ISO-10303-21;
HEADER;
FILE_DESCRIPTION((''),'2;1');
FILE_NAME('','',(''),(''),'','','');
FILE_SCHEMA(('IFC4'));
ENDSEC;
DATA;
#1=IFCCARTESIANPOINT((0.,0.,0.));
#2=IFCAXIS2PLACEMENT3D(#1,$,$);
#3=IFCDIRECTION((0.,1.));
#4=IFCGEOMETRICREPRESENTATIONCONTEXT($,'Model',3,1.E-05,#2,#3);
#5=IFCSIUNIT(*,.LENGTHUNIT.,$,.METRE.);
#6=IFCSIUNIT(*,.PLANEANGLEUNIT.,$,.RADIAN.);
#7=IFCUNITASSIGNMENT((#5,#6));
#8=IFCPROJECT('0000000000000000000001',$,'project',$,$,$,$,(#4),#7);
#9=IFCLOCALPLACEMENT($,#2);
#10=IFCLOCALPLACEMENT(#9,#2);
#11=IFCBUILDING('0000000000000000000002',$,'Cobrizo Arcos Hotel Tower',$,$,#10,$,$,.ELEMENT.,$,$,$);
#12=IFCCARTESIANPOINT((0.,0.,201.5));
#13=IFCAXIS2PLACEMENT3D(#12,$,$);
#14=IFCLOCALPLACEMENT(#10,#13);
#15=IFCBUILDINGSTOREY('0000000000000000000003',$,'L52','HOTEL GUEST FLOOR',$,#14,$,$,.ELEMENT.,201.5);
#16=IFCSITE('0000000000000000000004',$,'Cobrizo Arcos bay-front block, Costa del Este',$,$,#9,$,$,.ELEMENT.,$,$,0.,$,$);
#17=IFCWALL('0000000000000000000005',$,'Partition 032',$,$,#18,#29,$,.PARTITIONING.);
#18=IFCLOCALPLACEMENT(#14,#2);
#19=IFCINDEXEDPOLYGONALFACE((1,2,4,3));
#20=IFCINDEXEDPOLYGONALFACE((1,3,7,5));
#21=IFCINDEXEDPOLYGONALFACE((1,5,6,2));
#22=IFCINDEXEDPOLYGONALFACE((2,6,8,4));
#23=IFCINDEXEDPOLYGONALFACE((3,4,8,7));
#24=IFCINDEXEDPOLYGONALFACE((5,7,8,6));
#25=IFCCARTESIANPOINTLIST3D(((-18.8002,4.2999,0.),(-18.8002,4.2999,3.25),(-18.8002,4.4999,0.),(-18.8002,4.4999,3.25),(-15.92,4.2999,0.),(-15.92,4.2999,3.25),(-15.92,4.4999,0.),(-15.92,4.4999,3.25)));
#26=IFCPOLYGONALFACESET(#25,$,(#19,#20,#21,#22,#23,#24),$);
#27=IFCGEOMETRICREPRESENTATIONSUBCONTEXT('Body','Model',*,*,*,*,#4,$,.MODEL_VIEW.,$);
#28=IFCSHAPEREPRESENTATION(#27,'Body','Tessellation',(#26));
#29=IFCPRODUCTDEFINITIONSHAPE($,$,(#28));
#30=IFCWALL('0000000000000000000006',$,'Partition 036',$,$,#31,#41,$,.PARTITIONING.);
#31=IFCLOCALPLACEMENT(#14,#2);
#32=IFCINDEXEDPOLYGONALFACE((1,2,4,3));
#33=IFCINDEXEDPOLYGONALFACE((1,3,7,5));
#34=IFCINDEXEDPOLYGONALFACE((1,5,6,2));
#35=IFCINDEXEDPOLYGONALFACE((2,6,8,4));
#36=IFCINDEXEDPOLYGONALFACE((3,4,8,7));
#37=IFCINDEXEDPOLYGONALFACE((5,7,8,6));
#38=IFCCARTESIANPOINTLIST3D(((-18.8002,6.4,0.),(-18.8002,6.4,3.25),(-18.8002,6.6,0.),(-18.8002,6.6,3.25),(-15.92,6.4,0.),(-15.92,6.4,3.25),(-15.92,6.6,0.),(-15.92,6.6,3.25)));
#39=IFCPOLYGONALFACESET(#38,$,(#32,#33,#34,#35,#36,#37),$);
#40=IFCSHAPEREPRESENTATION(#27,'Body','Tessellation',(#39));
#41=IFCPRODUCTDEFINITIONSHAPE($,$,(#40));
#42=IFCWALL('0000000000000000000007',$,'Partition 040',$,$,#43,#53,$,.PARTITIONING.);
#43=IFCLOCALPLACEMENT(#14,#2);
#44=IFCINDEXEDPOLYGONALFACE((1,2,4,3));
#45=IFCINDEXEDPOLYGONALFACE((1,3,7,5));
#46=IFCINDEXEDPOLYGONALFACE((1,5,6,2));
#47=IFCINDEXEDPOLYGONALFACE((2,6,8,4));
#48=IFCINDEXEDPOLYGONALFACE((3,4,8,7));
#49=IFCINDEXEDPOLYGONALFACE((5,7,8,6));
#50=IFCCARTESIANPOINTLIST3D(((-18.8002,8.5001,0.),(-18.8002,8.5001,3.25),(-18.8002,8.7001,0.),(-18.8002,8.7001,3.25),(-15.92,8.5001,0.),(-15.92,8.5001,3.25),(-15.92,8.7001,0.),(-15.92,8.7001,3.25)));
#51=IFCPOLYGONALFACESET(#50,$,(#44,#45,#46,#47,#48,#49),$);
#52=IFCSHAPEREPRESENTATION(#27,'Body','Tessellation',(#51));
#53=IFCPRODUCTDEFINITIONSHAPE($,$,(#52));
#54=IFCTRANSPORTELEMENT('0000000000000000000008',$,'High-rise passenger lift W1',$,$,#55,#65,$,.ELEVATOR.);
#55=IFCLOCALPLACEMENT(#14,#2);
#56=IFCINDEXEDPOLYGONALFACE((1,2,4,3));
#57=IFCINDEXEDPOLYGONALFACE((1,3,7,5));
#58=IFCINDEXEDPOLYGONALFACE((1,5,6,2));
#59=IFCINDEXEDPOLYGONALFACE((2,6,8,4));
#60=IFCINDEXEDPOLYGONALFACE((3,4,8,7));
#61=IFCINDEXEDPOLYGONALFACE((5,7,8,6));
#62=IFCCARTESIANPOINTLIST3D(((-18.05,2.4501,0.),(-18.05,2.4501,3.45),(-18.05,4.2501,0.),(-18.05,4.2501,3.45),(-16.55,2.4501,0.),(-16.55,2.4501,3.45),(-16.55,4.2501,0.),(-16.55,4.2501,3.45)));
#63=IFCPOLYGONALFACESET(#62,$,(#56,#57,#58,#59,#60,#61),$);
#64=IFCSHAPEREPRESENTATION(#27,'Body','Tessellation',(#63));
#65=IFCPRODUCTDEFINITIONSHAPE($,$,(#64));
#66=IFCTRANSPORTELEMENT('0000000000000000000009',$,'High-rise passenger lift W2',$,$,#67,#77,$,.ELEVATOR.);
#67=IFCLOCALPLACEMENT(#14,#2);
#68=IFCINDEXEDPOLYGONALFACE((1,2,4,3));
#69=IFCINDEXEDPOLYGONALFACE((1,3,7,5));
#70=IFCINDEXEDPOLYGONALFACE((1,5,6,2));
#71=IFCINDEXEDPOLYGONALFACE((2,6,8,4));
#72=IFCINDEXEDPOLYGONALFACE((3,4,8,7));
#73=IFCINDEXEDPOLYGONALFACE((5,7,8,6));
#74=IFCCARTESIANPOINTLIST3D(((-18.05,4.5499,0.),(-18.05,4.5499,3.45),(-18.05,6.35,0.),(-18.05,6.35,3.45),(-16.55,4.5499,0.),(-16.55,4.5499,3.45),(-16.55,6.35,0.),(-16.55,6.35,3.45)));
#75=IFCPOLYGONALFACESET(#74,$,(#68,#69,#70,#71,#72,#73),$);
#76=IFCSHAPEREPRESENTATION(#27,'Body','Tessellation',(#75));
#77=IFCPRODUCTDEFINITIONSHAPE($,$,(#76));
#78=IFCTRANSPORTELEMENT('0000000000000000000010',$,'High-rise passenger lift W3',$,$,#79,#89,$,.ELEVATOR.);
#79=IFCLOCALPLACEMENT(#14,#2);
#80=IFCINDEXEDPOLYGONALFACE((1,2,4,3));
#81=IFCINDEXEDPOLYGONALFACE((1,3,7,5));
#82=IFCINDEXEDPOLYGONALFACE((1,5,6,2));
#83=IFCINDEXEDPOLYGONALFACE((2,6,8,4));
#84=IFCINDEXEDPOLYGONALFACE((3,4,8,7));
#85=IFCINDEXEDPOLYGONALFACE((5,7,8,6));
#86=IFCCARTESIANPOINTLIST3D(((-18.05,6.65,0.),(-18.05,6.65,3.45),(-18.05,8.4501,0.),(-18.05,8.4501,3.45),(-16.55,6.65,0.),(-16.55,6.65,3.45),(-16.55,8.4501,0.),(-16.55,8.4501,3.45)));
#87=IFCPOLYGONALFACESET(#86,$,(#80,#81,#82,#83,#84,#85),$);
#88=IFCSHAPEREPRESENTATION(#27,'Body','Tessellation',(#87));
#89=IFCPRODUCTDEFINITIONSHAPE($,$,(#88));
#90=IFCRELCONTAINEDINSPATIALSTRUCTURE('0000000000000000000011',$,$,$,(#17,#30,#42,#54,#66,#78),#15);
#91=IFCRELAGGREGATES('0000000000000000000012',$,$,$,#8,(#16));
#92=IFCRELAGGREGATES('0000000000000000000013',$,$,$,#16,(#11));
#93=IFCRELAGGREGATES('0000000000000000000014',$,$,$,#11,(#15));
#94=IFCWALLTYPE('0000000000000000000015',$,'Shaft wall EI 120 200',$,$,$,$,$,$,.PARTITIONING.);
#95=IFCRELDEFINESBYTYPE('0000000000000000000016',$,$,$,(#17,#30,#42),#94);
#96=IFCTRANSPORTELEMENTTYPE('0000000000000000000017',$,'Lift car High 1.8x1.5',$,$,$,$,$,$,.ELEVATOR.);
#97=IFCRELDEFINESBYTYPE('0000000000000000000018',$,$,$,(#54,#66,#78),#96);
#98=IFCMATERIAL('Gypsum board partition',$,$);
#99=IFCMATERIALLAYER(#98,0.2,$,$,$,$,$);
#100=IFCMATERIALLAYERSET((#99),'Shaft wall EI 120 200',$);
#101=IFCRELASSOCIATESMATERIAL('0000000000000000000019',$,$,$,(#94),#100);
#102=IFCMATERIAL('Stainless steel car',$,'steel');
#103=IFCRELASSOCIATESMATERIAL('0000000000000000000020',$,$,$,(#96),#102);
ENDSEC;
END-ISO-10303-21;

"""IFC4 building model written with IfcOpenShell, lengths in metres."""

from ifc_helpers import new_model, si_unit, direction, frame, frame_2d, origin, origin_2d, place, context, subcontext, project, spatial, rectangle, extrude, material, layer, layer_set, type_object, element, save


model = new_model("IFC4")

# Units and contexts
model_context = context("Model", 3, precision=1e-05, world=origin(), true_north=direction((0.0, 1.0)))
body_context = subcontext(model_context, "Body", "Model", "MODEL_VIEW")
ifc_project = project(units=[si_unit("LENGTHUNIT", "METRE"), si_unit("PLANEANGLEUNIT", "RADIAN")], contexts=[model_context])

# Site, building, storey
site_placement = place(None, origin())
site = spatial("IfcSite", under=ifc_project, at=site_placement, Name="Cobrizo Arcos bay-front block, Costa del Este", CompositionType="ELEMENT", RefElevation=0.0)
building_placement = place(site_placement, origin())
building = spatial("IfcBuilding", under=site, at=building_placement, Name="Cobrizo Arcos Hotel Tower", CompositionType="ELEMENT")
storey_placement = place(building_placement, frame((0.0, 0.0, 201.5)))
storey = spatial("IfcBuildingStorey", under=building, at=storey_placement, Name="L52", Description="HOTEL GUEST FLOOR", CompositionType="ELEMENT", Elevation=201.5)

# Shared definitions
ifc_material_1 = material(Name="Gypsum board partition")

# Shared definitions
ifc_layer_1 = layer(ifc_material_1, 0.2)
ifc_layer_set_1 = layer_set([ifc_layer_1], Name="Shaft wall EI 120 200")
wall_type_1 = type_object("IfcWallType", Name="Shaft wall EI 120 200", PredefinedType="PARTITIONING", material=ifc_layer_set_1)

# Walls
for number, where, z_axis, x_axis, name in (
    (1, (-18.8, 4.3999, 0.0), (0.0, 0.0, 1.0), (1.0, 0.0, 0.0), "Partition 032"),
    (2, (-18.8, 6.5, 0.0), (0.0, 0.0, 1.0), (1.0, 0.0, 0.0), "Partition 036"),
    (3, (-18.8, 8.6001, 0.0), (0.0, 0.0, 1.0), (1.0, 0.0, 0.0), "Partition 040"),
):
    element("IfcWall", number, at=place(storey_placement, frame(where, z_axis=z_axis, x_axis=x_axis)), inside=storey, type_object=wall_type_1, Name=name, PredefinedType="PARTITIONING", context=body_context, shape_type="SweptSolid", body=[
        extrude(rectangle(XDim=2.8801, YDim=0.2, at=frame_2d((1.4399, 0.0))), origin(), (0.0, 0.0, 1.0), 3.25),
    ])

# Transport elements
ifc_material_2 = material(Name="Stainless steel car", Category="steel")
transport_element_type = type_object("IfcTransportElementType", Name="Lift car High 1.8x1.5", PredefinedType="ELEVATOR", material=ifc_material_2)
for number, where, z_axis, x_axis, name in (
    (4, (-17.3, 3.3501, 0.0), (0.0, 0.0, 1.0), (1.0, 0.0, 0.0), "High-rise passenger lift W1"),
    (5, (-17.3, 5.45, 0.0), (0.0, 0.0, 1.0), (1.0, 0.0, 0.0), "High-rise passenger lift W2"),
    (6, (-17.3, 7.55, 0.0), (0.0, 0.0, 1.0), (1.0, 0.0, 0.0), "High-rise passenger lift W3"),
):
    element("IfcTransportElement", number, at=place(storey_placement, frame(where, z_axis=z_axis, x_axis=x_axis)), inside=storey, type_object=transport_element_type, Name=name, PredefinedType="ELEVATOR", context=body_context, shape_type="SweptSolid", body=[
        extrude(rectangle(XDim=1.5, YDim=1.8, at=origin_2d()), origin(), (0.0, 0.0, 1.0), 3.45),
    ])

save(model, "model.ifc")
